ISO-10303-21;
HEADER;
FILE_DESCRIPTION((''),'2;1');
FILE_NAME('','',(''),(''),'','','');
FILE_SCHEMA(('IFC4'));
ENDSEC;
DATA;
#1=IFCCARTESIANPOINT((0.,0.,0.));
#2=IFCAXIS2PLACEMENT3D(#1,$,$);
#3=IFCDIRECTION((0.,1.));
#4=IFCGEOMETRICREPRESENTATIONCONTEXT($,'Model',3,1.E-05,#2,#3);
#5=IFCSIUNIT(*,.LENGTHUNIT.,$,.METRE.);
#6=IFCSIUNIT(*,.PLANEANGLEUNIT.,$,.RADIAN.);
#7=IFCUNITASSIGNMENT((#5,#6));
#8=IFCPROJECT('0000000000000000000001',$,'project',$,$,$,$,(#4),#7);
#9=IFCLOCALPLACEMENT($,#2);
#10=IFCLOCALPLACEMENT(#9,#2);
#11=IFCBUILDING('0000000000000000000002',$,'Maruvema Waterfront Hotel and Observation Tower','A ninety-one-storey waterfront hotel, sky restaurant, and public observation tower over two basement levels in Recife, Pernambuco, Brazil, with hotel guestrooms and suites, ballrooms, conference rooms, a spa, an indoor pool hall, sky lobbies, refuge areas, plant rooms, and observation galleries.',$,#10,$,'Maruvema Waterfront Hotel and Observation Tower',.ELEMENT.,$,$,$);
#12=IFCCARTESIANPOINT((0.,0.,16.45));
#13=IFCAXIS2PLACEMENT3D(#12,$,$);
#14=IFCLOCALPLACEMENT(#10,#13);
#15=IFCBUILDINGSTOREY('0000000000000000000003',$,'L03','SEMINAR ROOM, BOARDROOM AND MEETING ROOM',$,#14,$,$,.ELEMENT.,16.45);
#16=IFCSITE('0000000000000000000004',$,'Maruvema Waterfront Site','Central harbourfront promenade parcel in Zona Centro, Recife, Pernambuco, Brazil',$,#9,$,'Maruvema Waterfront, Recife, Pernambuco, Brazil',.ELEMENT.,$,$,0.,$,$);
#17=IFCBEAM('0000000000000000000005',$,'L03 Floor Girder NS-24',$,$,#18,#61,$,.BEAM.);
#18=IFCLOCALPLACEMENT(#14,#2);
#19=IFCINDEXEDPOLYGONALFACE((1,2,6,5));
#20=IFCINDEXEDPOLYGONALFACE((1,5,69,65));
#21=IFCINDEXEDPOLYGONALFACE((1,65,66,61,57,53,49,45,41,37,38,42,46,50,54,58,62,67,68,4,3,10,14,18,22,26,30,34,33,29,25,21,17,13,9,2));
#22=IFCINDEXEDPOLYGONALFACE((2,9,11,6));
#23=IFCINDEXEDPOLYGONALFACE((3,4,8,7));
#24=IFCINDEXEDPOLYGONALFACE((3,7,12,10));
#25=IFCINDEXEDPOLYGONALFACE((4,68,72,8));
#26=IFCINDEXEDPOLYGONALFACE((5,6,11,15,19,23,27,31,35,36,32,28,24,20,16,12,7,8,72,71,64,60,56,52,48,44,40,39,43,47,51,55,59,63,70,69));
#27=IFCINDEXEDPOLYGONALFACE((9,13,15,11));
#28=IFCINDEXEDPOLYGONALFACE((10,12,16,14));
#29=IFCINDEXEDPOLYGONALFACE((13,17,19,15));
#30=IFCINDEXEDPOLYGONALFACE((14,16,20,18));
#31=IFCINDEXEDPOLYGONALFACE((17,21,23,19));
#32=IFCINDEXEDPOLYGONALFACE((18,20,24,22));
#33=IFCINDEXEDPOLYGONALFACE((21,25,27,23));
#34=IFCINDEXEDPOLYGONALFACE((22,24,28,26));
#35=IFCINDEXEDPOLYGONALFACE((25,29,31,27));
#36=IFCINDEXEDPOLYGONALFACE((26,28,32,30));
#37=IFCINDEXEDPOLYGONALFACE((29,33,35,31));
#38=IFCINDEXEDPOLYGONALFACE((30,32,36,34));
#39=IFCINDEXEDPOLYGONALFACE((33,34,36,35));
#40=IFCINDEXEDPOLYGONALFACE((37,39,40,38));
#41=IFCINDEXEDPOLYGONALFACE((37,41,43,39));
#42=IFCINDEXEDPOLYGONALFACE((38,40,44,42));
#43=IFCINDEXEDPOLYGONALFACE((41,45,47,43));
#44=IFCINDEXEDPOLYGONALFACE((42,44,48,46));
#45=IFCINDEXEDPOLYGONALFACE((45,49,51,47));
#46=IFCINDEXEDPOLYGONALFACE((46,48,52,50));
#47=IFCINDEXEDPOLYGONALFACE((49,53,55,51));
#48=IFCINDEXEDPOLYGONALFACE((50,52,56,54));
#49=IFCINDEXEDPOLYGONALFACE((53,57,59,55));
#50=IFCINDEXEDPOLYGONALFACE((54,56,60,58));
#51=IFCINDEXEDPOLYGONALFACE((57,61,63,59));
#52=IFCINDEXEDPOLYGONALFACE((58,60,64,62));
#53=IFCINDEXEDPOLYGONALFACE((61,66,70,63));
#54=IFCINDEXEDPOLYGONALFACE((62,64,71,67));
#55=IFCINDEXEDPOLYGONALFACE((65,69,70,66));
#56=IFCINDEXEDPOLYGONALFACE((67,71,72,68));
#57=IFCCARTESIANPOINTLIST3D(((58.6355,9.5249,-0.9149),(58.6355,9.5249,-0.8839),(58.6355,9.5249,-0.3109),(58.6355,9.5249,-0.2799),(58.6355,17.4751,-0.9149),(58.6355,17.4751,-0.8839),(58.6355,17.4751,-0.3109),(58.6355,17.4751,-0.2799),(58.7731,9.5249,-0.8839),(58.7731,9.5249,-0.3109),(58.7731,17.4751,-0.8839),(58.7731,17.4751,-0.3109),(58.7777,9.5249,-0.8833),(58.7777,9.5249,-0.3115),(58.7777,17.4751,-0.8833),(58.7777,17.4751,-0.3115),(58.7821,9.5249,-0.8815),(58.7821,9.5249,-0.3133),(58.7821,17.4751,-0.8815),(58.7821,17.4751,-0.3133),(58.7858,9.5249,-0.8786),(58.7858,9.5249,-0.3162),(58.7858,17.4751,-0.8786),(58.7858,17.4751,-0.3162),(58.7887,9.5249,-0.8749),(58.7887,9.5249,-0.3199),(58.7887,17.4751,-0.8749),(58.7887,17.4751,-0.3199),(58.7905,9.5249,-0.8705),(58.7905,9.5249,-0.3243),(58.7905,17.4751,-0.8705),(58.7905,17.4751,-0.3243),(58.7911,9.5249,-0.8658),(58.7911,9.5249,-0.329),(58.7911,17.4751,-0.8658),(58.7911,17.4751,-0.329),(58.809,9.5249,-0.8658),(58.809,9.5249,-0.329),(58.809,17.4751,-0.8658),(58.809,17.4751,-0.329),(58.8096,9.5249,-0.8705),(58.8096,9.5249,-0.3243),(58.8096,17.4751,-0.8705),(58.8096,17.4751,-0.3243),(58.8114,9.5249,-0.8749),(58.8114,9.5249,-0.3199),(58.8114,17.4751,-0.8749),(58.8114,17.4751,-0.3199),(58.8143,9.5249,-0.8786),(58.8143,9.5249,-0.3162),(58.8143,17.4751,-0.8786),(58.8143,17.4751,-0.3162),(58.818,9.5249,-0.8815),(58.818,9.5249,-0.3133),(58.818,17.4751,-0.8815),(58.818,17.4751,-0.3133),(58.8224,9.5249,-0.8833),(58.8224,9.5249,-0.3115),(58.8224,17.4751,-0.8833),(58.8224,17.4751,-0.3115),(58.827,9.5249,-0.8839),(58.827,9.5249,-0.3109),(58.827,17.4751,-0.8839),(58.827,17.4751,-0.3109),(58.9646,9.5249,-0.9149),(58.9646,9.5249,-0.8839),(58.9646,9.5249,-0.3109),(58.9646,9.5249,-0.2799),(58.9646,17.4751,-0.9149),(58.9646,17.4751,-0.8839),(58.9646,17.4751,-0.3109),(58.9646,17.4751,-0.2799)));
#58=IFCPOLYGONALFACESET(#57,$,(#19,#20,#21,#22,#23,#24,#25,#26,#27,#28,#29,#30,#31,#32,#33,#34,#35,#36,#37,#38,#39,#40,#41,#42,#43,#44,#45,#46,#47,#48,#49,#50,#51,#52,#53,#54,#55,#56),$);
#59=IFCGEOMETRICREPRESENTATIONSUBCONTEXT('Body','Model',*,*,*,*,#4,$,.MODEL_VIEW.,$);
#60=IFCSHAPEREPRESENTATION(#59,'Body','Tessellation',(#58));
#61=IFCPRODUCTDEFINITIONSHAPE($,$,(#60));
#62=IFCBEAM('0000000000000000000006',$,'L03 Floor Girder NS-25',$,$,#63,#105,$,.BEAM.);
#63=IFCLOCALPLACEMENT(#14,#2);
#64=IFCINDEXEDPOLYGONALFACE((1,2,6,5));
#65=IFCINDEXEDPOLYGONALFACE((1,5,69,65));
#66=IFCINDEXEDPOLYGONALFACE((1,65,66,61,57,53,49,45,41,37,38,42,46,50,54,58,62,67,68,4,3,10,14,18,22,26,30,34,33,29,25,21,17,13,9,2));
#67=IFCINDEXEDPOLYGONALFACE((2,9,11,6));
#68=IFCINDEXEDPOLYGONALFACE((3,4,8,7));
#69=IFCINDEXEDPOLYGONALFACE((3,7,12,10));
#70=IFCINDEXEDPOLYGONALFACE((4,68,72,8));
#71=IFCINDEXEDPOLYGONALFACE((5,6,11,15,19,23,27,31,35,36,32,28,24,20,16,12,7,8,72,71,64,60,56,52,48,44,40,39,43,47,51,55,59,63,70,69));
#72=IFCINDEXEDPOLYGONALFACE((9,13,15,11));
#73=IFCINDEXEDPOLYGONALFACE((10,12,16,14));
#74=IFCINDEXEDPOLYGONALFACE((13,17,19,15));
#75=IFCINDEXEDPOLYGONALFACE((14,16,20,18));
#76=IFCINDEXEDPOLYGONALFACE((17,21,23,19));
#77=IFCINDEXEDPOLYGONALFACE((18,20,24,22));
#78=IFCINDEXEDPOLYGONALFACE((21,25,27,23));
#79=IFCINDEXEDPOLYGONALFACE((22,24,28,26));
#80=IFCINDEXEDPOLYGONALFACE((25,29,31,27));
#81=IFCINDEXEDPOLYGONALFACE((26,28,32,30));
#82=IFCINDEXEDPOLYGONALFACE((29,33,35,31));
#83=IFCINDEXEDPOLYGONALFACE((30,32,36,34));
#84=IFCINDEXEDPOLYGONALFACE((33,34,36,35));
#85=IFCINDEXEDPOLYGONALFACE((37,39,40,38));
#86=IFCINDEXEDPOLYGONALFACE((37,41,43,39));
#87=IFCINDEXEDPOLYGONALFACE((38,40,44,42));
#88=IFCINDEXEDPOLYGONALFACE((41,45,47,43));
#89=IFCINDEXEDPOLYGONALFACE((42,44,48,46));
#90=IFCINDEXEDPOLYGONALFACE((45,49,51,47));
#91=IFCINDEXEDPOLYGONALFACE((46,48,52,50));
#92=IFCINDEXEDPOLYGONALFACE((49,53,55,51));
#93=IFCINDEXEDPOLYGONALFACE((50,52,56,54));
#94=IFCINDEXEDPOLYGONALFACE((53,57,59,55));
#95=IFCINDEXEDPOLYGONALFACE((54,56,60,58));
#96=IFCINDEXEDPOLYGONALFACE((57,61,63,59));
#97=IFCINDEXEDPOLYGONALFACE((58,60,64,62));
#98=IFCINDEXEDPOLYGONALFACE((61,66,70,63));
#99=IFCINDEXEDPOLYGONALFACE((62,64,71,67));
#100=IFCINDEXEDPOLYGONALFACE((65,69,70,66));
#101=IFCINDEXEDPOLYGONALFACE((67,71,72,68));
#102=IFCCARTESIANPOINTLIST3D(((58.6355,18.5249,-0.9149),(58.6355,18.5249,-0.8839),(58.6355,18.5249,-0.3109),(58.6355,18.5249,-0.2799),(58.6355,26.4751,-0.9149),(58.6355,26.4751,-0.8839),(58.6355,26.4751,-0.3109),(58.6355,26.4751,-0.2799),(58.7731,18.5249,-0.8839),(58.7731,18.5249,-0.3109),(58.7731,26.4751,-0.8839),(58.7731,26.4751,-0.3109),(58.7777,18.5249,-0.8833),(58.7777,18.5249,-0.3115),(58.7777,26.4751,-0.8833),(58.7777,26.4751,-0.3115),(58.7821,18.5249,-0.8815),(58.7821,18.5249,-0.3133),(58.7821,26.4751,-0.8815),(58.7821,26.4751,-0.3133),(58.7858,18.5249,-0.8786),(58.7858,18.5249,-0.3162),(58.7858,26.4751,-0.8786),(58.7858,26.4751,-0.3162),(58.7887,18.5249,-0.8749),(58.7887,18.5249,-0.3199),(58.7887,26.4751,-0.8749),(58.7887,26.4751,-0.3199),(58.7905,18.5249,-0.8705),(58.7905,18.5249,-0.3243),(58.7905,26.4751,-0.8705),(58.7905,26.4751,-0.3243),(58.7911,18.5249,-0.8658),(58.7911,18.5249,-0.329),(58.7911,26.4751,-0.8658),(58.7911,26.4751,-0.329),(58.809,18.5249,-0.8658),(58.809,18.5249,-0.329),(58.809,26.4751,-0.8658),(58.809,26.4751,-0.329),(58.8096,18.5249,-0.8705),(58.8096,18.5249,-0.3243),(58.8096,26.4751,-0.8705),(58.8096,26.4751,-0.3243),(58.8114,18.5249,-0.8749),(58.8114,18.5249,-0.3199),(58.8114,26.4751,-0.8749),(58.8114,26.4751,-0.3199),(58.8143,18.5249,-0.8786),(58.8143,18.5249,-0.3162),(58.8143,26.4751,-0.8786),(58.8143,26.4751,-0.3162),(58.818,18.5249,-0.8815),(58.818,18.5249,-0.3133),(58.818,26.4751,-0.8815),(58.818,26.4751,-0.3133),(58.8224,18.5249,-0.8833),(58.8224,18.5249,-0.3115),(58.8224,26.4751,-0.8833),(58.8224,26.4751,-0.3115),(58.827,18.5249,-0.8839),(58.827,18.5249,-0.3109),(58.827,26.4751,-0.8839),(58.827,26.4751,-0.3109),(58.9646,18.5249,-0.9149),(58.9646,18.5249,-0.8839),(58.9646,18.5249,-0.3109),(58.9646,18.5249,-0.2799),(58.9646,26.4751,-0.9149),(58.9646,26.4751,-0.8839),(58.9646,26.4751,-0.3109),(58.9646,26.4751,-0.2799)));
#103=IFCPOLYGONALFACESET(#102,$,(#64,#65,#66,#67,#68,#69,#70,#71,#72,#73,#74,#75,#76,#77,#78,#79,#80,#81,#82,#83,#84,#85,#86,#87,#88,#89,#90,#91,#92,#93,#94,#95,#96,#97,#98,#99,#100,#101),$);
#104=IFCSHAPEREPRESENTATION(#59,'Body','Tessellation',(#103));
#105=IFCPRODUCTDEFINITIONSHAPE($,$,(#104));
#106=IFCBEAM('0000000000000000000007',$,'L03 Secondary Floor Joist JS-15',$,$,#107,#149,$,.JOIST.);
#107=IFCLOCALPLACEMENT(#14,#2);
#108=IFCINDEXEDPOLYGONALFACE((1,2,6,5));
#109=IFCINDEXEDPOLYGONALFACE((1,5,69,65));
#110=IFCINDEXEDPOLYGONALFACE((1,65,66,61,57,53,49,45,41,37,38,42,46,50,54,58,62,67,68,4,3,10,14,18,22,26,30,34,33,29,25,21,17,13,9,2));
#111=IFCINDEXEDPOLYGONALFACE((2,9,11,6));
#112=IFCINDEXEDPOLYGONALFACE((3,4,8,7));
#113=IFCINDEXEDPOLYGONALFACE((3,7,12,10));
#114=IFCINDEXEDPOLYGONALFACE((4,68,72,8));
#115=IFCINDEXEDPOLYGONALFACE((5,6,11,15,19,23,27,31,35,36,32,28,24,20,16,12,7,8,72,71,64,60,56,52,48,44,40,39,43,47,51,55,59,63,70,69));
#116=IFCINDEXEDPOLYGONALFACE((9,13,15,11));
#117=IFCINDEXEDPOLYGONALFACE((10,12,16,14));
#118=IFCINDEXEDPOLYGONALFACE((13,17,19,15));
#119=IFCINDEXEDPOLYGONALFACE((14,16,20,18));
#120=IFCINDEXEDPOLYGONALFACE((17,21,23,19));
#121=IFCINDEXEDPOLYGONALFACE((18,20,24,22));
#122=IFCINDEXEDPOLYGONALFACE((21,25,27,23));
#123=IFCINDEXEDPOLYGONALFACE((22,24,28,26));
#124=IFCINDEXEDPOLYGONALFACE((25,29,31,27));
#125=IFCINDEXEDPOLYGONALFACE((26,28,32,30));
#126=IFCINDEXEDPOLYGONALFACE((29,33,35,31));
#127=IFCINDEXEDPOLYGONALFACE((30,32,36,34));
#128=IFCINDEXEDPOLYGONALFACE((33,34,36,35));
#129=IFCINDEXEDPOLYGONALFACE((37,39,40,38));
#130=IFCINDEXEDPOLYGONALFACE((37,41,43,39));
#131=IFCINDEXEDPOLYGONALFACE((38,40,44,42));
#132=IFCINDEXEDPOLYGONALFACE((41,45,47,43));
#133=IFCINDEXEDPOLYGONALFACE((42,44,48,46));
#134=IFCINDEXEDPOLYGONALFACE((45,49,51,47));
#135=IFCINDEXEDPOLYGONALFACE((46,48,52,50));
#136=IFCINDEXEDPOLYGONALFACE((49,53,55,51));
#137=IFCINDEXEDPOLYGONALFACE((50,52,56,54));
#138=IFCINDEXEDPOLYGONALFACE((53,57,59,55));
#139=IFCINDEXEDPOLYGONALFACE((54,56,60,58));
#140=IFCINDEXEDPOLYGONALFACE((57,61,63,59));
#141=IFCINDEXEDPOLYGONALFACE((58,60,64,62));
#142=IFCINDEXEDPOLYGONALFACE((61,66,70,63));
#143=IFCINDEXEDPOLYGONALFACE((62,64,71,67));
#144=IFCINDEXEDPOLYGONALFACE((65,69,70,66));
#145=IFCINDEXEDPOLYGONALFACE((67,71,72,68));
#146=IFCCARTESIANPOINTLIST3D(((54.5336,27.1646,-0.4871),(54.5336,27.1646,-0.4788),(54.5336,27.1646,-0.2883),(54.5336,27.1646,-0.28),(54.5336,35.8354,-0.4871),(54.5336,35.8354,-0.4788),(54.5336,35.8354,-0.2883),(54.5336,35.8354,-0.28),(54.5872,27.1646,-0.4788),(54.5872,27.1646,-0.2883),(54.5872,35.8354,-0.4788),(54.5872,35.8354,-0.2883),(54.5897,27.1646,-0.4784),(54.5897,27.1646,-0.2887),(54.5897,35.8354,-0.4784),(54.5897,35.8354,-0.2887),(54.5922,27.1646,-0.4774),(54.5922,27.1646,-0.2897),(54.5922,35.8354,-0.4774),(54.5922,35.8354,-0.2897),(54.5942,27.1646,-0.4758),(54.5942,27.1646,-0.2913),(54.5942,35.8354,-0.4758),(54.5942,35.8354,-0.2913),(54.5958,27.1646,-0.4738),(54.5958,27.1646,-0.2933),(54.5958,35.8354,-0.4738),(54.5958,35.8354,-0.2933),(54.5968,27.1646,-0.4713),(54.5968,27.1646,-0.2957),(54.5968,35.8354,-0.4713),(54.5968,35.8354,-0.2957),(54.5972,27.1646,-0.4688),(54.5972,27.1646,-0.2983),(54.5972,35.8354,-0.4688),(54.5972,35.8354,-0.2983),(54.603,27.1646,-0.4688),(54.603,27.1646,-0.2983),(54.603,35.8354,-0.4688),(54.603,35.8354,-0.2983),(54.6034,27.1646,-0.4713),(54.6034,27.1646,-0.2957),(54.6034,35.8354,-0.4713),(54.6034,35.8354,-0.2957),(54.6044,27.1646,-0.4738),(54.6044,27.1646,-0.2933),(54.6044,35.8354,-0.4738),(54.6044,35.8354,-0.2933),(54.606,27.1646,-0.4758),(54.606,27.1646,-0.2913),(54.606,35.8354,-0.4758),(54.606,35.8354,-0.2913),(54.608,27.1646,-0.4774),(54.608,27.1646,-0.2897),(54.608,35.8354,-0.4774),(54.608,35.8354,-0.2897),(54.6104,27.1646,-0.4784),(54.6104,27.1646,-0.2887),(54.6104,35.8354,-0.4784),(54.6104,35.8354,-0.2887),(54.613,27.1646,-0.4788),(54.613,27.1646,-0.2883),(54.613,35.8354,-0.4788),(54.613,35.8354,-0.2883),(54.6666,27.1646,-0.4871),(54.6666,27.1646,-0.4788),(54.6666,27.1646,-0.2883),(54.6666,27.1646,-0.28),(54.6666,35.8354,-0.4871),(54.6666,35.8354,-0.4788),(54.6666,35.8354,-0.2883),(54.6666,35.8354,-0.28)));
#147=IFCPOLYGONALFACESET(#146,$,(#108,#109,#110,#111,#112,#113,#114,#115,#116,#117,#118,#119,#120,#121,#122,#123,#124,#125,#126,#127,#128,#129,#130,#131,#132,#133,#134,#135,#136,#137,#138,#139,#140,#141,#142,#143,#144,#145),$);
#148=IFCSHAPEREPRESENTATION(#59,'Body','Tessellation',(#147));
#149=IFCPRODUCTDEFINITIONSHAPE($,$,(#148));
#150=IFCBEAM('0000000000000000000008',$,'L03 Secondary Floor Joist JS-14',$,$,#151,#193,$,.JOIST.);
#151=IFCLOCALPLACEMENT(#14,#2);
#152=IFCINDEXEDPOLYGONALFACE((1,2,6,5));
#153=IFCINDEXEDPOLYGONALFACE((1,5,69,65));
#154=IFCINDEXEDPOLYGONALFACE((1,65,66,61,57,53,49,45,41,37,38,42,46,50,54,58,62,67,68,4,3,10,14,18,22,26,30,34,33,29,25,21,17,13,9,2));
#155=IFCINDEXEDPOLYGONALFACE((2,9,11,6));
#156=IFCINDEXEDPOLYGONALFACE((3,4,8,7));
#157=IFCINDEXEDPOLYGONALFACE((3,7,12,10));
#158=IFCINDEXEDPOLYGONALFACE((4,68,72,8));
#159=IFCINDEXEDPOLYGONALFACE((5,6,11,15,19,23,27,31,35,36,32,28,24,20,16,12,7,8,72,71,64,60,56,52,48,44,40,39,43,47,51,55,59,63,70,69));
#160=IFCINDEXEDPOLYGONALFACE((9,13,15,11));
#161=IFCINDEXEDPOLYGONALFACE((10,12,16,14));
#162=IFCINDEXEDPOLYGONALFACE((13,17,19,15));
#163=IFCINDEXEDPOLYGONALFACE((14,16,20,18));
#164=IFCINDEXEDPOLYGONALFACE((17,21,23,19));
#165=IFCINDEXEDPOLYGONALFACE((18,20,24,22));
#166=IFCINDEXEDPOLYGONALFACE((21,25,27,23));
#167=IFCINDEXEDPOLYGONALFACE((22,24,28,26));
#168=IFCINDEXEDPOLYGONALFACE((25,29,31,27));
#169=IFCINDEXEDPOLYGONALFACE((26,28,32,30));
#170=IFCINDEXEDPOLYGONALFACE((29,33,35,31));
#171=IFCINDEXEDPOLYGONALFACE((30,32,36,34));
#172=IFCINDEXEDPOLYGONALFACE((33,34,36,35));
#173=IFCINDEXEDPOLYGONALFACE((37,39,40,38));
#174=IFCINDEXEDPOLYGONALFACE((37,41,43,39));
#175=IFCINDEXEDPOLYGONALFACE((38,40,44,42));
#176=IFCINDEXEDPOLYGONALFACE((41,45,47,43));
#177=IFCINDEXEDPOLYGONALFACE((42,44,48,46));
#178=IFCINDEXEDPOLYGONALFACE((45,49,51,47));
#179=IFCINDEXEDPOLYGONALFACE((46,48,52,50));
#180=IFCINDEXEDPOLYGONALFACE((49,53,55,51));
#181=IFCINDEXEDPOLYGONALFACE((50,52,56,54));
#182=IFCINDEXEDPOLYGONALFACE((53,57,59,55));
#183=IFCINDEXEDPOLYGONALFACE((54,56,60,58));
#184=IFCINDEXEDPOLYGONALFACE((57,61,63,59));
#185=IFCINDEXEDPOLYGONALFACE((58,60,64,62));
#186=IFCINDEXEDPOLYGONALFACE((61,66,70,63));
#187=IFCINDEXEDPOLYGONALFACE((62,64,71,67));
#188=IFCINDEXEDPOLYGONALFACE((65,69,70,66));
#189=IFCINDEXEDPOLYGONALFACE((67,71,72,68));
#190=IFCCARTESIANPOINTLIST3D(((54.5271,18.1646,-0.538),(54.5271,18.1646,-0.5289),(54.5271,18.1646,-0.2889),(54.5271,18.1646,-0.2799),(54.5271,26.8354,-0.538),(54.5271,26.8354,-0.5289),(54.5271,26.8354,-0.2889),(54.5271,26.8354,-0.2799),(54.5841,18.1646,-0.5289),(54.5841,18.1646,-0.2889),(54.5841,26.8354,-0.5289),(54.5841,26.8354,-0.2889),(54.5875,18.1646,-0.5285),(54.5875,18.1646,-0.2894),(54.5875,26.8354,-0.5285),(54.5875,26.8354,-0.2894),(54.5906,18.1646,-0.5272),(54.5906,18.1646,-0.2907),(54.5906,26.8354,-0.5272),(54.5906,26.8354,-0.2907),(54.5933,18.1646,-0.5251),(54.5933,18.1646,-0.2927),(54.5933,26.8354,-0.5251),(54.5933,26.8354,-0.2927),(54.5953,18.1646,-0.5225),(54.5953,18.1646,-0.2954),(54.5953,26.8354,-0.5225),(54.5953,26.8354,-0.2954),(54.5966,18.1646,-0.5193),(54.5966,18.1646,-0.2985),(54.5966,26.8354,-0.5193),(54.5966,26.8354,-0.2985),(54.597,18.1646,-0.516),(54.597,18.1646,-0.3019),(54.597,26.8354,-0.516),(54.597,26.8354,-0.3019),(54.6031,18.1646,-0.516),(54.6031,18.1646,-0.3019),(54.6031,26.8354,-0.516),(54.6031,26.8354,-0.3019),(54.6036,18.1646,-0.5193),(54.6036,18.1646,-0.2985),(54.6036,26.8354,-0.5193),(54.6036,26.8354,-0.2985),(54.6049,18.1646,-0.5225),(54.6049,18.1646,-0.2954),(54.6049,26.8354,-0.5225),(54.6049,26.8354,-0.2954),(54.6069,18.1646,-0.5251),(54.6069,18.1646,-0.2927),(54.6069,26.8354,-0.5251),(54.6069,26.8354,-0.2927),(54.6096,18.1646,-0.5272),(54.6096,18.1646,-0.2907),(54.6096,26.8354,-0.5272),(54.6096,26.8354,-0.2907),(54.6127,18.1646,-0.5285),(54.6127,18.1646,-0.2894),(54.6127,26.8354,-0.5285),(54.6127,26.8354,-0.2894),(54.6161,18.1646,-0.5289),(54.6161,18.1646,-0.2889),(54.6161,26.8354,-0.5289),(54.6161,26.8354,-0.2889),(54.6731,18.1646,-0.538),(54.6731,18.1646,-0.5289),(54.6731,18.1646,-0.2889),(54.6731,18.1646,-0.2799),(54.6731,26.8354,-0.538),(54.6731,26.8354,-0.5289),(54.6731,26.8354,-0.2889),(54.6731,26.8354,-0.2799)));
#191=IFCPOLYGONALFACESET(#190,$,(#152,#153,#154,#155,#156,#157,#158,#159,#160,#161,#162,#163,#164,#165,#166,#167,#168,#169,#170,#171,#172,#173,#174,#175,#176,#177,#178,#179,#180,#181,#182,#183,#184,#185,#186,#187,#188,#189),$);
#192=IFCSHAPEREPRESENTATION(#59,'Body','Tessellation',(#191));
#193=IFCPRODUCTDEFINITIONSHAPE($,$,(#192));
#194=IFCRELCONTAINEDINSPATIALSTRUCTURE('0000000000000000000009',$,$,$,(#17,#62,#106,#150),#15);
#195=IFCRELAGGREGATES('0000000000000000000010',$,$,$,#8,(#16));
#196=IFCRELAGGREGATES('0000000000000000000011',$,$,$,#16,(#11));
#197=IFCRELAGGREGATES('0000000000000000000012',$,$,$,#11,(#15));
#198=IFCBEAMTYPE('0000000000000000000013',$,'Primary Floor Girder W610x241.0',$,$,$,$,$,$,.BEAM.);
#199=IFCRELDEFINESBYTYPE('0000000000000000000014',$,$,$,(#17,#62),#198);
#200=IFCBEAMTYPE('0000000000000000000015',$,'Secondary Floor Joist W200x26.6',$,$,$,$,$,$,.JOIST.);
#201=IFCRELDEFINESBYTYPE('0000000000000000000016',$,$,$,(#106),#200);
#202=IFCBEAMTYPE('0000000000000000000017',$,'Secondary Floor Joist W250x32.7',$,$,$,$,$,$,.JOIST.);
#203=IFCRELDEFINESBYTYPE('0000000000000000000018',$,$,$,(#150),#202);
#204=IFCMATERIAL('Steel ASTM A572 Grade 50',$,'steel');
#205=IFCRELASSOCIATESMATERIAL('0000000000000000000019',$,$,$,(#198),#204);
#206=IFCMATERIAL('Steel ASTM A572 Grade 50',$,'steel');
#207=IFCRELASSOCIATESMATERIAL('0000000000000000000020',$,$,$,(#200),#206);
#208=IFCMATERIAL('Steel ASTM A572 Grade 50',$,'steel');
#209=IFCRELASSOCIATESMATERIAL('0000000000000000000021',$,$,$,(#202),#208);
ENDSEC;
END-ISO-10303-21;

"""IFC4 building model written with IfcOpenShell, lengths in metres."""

from ifc_helpers import new_model, si_unit, direction, frame, origin, origin_2d, place, context, subcontext, project, spatial, i_section, extrude, material, material_profile, profile_set, type_object, element, save


model = new_model("IFC4")

# Units and contexts
model_context = context("Model", 3, precision=1e-05, world=origin(), true_north=direction((0.0, 1.0)))
body_context = subcontext(model_context, "Body", "Model", "MODEL_VIEW")
ifc_project = project(units=[si_unit("LENGTHUNIT", "METRE"), si_unit("PLANEANGLEUNIT", "RADIAN")], contexts=[model_context])

# Site, building, storey
site_placement = place(None, origin())
site = spatial("IfcSite", under=ifc_project, at=site_placement, Name="Maruvema Waterfront Site", Description="Central harbourfront promenade parcel in Zona Centro, Recife, Pernambuco, Brazil", LongName="Maruvema Waterfront, Recife, Pernambuco, Brazil", CompositionType="ELEMENT", RefElevation=0.0)
building_placement = place(site_placement, origin())
building = spatial("IfcBuilding", under=site, at=building_placement, Name="Maruvema Waterfront Hotel and Observation Tower", Description="A ninety-one-storey waterfront hotel, sky restaurant, and public observation tower over two basement levels in Recife, Pernambuco, Brazil, with hotel guestrooms and suites, ballrooms, conference rooms, a spa, an indoor pool hall, sky lobbies, refuge areas, plant rooms, and observation galleries.", LongName="Maruvema Waterfront Hotel and Observation Tower", CompositionType="ELEMENT")
storey_placement = place(building_placement, frame((0.0, 0.0, 16.45)))
storey = spatial("IfcBuildingStorey", under=building, at=storey_placement, Name="L03", Description="SEMINAR ROOM, BOARDROOM AND MEETING ROOM", CompositionType="ELEMENT", Elevation=16.45)

# Beams
ifc_material_1 = material(Name="Steel ASTM A572 Grade 50", Category="steel")
ifc_material_profile_1 = material_profile(ifc_material_1, i_section(OverallWidth=0.3291, OverallDepth=0.635, WebThickness=0.0178, FlangeThickness=0.031, FilletRadius=0.0181, at=origin_2d()), Name="W610x241.0")
ifc_profile_set_1 = profile_set([ifc_material_profile_1], Name="Steel ASTM A572 Grade 50")
beam_type_1 = type_object("IfcBeamType", Name="Primary Floor Girder W610x241.0", PredefinedType="BEAM", material=ifc_profile_set_1)
for number, where, z_axis, x_axis, name in (
    (1, (58.8, 9.5249, -0.5974), (0.0, 1.0, 0.0), (-1.0, 0.0, 0.0), "L03 Floor Girder NS-24"),
    (2, (58.8, 18.5249, -0.5974), (0.0, 1.0, 0.0), (-1.0, 0.0, 0.0), "L03 Floor Girder NS-25"),
):
    element("IfcBeam", number, at=place(storey_placement, frame(where, z_axis=z_axis, x_axis=x_axis)), inside=storey, type_object=beam_type_1, Name=name, PredefinedType="BEAM", context=body_context, shape_type="SweptSolid", body=[
        extrude(i_section(OverallWidth=0.3291, OverallDepth=0.635, WebThickness=0.0178, FlangeThickness=0.031, FilletRadius=0.0181, at=origin_2d()), origin(), (0.0, 0.0, 1.0), 7.9502),
    ])
ifc_material_2 = material(Name="Steel ASTM A572 Grade 50", Category="steel")
ifc_material_profile_2 = material_profile(ifc_material_2, i_section(OverallWidth=0.1331, OverallDepth=0.207, WebThickness=0.0059, FlangeThickness=0.0083, FilletRadius=0.01, at=origin_2d()), Name="W200x26.6")
ifc_profile_set_2 = profile_set([ifc_material_profile_2], Name="Steel ASTM A572 Grade 50")
beam_type_2 = type_object("IfcBeamType", Name="Secondary Floor Joist W200x26.6", PredefinedType="JOIST", material=ifc_profile_set_2)
beam_1_placement = place(storey_placement, frame((54.6001, 27.1646, -0.3835), z_axis=(0.0, 1.0, 0.0), x_axis=(-1.0, 0.0, 0.0)))
element("IfcBeam", 3, at=beam_1_placement, inside=storey, type_object=beam_type_2, Name="L03 Secondary Floor Joist JS-15", PredefinedType="JOIST", context=body_context, shape_type="SweptSolid", body=[
    extrude(i_section(OverallWidth=0.1331, OverallDepth=0.207, WebThickness=0.0059, FlangeThickness=0.0083, FilletRadius=0.01, at=origin_2d()), origin(), (0.0, 0.0, 1.0), 8.6709),
])
ifc_material_3 = material(Name="Steel ASTM A572 Grade 50", Category="steel")
ifc_material_profile_3 = material_profile(ifc_material_3, i_section(OverallWidth=0.146, OverallDepth=0.2581, WebThickness=0.0061, FlangeThickness=0.009, FilletRadius=0.0129, at=origin_2d()), Name="W250x32.7")
ifc_profile_set_3 = profile_set([ifc_material_profile_3], Name="Steel ASTM A572 Grade 50")
beam_type_3 = type_object("IfcBeamType", Name="Secondary Floor Joist W250x32.7", PredefinedType="JOIST", material=ifc_profile_set_3)
beam_2_placement = place(storey_placement, frame((54.6001, 18.1646, -0.4089), z_axis=(0.0, 1.0, 0.0), x_axis=(-1.0, 0.0, 0.0)))
element("IfcBeam", 4, at=beam_2_placement, inside=storey, type_object=beam_type_3, Name="L03 Secondary Floor Joist JS-14", PredefinedType="JOIST", context=body_context, shape_type="SweptSolid", body=[
    extrude(i_section(OverallWidth=0.146, OverallDepth=0.2581, WebThickness=0.0061, FlangeThickness=0.009, FilletRadius=0.0129, at=origin_2d()), origin(), (0.0, 0.0, 1.0), 8.6709),
])

save(model, "model.ifc")
